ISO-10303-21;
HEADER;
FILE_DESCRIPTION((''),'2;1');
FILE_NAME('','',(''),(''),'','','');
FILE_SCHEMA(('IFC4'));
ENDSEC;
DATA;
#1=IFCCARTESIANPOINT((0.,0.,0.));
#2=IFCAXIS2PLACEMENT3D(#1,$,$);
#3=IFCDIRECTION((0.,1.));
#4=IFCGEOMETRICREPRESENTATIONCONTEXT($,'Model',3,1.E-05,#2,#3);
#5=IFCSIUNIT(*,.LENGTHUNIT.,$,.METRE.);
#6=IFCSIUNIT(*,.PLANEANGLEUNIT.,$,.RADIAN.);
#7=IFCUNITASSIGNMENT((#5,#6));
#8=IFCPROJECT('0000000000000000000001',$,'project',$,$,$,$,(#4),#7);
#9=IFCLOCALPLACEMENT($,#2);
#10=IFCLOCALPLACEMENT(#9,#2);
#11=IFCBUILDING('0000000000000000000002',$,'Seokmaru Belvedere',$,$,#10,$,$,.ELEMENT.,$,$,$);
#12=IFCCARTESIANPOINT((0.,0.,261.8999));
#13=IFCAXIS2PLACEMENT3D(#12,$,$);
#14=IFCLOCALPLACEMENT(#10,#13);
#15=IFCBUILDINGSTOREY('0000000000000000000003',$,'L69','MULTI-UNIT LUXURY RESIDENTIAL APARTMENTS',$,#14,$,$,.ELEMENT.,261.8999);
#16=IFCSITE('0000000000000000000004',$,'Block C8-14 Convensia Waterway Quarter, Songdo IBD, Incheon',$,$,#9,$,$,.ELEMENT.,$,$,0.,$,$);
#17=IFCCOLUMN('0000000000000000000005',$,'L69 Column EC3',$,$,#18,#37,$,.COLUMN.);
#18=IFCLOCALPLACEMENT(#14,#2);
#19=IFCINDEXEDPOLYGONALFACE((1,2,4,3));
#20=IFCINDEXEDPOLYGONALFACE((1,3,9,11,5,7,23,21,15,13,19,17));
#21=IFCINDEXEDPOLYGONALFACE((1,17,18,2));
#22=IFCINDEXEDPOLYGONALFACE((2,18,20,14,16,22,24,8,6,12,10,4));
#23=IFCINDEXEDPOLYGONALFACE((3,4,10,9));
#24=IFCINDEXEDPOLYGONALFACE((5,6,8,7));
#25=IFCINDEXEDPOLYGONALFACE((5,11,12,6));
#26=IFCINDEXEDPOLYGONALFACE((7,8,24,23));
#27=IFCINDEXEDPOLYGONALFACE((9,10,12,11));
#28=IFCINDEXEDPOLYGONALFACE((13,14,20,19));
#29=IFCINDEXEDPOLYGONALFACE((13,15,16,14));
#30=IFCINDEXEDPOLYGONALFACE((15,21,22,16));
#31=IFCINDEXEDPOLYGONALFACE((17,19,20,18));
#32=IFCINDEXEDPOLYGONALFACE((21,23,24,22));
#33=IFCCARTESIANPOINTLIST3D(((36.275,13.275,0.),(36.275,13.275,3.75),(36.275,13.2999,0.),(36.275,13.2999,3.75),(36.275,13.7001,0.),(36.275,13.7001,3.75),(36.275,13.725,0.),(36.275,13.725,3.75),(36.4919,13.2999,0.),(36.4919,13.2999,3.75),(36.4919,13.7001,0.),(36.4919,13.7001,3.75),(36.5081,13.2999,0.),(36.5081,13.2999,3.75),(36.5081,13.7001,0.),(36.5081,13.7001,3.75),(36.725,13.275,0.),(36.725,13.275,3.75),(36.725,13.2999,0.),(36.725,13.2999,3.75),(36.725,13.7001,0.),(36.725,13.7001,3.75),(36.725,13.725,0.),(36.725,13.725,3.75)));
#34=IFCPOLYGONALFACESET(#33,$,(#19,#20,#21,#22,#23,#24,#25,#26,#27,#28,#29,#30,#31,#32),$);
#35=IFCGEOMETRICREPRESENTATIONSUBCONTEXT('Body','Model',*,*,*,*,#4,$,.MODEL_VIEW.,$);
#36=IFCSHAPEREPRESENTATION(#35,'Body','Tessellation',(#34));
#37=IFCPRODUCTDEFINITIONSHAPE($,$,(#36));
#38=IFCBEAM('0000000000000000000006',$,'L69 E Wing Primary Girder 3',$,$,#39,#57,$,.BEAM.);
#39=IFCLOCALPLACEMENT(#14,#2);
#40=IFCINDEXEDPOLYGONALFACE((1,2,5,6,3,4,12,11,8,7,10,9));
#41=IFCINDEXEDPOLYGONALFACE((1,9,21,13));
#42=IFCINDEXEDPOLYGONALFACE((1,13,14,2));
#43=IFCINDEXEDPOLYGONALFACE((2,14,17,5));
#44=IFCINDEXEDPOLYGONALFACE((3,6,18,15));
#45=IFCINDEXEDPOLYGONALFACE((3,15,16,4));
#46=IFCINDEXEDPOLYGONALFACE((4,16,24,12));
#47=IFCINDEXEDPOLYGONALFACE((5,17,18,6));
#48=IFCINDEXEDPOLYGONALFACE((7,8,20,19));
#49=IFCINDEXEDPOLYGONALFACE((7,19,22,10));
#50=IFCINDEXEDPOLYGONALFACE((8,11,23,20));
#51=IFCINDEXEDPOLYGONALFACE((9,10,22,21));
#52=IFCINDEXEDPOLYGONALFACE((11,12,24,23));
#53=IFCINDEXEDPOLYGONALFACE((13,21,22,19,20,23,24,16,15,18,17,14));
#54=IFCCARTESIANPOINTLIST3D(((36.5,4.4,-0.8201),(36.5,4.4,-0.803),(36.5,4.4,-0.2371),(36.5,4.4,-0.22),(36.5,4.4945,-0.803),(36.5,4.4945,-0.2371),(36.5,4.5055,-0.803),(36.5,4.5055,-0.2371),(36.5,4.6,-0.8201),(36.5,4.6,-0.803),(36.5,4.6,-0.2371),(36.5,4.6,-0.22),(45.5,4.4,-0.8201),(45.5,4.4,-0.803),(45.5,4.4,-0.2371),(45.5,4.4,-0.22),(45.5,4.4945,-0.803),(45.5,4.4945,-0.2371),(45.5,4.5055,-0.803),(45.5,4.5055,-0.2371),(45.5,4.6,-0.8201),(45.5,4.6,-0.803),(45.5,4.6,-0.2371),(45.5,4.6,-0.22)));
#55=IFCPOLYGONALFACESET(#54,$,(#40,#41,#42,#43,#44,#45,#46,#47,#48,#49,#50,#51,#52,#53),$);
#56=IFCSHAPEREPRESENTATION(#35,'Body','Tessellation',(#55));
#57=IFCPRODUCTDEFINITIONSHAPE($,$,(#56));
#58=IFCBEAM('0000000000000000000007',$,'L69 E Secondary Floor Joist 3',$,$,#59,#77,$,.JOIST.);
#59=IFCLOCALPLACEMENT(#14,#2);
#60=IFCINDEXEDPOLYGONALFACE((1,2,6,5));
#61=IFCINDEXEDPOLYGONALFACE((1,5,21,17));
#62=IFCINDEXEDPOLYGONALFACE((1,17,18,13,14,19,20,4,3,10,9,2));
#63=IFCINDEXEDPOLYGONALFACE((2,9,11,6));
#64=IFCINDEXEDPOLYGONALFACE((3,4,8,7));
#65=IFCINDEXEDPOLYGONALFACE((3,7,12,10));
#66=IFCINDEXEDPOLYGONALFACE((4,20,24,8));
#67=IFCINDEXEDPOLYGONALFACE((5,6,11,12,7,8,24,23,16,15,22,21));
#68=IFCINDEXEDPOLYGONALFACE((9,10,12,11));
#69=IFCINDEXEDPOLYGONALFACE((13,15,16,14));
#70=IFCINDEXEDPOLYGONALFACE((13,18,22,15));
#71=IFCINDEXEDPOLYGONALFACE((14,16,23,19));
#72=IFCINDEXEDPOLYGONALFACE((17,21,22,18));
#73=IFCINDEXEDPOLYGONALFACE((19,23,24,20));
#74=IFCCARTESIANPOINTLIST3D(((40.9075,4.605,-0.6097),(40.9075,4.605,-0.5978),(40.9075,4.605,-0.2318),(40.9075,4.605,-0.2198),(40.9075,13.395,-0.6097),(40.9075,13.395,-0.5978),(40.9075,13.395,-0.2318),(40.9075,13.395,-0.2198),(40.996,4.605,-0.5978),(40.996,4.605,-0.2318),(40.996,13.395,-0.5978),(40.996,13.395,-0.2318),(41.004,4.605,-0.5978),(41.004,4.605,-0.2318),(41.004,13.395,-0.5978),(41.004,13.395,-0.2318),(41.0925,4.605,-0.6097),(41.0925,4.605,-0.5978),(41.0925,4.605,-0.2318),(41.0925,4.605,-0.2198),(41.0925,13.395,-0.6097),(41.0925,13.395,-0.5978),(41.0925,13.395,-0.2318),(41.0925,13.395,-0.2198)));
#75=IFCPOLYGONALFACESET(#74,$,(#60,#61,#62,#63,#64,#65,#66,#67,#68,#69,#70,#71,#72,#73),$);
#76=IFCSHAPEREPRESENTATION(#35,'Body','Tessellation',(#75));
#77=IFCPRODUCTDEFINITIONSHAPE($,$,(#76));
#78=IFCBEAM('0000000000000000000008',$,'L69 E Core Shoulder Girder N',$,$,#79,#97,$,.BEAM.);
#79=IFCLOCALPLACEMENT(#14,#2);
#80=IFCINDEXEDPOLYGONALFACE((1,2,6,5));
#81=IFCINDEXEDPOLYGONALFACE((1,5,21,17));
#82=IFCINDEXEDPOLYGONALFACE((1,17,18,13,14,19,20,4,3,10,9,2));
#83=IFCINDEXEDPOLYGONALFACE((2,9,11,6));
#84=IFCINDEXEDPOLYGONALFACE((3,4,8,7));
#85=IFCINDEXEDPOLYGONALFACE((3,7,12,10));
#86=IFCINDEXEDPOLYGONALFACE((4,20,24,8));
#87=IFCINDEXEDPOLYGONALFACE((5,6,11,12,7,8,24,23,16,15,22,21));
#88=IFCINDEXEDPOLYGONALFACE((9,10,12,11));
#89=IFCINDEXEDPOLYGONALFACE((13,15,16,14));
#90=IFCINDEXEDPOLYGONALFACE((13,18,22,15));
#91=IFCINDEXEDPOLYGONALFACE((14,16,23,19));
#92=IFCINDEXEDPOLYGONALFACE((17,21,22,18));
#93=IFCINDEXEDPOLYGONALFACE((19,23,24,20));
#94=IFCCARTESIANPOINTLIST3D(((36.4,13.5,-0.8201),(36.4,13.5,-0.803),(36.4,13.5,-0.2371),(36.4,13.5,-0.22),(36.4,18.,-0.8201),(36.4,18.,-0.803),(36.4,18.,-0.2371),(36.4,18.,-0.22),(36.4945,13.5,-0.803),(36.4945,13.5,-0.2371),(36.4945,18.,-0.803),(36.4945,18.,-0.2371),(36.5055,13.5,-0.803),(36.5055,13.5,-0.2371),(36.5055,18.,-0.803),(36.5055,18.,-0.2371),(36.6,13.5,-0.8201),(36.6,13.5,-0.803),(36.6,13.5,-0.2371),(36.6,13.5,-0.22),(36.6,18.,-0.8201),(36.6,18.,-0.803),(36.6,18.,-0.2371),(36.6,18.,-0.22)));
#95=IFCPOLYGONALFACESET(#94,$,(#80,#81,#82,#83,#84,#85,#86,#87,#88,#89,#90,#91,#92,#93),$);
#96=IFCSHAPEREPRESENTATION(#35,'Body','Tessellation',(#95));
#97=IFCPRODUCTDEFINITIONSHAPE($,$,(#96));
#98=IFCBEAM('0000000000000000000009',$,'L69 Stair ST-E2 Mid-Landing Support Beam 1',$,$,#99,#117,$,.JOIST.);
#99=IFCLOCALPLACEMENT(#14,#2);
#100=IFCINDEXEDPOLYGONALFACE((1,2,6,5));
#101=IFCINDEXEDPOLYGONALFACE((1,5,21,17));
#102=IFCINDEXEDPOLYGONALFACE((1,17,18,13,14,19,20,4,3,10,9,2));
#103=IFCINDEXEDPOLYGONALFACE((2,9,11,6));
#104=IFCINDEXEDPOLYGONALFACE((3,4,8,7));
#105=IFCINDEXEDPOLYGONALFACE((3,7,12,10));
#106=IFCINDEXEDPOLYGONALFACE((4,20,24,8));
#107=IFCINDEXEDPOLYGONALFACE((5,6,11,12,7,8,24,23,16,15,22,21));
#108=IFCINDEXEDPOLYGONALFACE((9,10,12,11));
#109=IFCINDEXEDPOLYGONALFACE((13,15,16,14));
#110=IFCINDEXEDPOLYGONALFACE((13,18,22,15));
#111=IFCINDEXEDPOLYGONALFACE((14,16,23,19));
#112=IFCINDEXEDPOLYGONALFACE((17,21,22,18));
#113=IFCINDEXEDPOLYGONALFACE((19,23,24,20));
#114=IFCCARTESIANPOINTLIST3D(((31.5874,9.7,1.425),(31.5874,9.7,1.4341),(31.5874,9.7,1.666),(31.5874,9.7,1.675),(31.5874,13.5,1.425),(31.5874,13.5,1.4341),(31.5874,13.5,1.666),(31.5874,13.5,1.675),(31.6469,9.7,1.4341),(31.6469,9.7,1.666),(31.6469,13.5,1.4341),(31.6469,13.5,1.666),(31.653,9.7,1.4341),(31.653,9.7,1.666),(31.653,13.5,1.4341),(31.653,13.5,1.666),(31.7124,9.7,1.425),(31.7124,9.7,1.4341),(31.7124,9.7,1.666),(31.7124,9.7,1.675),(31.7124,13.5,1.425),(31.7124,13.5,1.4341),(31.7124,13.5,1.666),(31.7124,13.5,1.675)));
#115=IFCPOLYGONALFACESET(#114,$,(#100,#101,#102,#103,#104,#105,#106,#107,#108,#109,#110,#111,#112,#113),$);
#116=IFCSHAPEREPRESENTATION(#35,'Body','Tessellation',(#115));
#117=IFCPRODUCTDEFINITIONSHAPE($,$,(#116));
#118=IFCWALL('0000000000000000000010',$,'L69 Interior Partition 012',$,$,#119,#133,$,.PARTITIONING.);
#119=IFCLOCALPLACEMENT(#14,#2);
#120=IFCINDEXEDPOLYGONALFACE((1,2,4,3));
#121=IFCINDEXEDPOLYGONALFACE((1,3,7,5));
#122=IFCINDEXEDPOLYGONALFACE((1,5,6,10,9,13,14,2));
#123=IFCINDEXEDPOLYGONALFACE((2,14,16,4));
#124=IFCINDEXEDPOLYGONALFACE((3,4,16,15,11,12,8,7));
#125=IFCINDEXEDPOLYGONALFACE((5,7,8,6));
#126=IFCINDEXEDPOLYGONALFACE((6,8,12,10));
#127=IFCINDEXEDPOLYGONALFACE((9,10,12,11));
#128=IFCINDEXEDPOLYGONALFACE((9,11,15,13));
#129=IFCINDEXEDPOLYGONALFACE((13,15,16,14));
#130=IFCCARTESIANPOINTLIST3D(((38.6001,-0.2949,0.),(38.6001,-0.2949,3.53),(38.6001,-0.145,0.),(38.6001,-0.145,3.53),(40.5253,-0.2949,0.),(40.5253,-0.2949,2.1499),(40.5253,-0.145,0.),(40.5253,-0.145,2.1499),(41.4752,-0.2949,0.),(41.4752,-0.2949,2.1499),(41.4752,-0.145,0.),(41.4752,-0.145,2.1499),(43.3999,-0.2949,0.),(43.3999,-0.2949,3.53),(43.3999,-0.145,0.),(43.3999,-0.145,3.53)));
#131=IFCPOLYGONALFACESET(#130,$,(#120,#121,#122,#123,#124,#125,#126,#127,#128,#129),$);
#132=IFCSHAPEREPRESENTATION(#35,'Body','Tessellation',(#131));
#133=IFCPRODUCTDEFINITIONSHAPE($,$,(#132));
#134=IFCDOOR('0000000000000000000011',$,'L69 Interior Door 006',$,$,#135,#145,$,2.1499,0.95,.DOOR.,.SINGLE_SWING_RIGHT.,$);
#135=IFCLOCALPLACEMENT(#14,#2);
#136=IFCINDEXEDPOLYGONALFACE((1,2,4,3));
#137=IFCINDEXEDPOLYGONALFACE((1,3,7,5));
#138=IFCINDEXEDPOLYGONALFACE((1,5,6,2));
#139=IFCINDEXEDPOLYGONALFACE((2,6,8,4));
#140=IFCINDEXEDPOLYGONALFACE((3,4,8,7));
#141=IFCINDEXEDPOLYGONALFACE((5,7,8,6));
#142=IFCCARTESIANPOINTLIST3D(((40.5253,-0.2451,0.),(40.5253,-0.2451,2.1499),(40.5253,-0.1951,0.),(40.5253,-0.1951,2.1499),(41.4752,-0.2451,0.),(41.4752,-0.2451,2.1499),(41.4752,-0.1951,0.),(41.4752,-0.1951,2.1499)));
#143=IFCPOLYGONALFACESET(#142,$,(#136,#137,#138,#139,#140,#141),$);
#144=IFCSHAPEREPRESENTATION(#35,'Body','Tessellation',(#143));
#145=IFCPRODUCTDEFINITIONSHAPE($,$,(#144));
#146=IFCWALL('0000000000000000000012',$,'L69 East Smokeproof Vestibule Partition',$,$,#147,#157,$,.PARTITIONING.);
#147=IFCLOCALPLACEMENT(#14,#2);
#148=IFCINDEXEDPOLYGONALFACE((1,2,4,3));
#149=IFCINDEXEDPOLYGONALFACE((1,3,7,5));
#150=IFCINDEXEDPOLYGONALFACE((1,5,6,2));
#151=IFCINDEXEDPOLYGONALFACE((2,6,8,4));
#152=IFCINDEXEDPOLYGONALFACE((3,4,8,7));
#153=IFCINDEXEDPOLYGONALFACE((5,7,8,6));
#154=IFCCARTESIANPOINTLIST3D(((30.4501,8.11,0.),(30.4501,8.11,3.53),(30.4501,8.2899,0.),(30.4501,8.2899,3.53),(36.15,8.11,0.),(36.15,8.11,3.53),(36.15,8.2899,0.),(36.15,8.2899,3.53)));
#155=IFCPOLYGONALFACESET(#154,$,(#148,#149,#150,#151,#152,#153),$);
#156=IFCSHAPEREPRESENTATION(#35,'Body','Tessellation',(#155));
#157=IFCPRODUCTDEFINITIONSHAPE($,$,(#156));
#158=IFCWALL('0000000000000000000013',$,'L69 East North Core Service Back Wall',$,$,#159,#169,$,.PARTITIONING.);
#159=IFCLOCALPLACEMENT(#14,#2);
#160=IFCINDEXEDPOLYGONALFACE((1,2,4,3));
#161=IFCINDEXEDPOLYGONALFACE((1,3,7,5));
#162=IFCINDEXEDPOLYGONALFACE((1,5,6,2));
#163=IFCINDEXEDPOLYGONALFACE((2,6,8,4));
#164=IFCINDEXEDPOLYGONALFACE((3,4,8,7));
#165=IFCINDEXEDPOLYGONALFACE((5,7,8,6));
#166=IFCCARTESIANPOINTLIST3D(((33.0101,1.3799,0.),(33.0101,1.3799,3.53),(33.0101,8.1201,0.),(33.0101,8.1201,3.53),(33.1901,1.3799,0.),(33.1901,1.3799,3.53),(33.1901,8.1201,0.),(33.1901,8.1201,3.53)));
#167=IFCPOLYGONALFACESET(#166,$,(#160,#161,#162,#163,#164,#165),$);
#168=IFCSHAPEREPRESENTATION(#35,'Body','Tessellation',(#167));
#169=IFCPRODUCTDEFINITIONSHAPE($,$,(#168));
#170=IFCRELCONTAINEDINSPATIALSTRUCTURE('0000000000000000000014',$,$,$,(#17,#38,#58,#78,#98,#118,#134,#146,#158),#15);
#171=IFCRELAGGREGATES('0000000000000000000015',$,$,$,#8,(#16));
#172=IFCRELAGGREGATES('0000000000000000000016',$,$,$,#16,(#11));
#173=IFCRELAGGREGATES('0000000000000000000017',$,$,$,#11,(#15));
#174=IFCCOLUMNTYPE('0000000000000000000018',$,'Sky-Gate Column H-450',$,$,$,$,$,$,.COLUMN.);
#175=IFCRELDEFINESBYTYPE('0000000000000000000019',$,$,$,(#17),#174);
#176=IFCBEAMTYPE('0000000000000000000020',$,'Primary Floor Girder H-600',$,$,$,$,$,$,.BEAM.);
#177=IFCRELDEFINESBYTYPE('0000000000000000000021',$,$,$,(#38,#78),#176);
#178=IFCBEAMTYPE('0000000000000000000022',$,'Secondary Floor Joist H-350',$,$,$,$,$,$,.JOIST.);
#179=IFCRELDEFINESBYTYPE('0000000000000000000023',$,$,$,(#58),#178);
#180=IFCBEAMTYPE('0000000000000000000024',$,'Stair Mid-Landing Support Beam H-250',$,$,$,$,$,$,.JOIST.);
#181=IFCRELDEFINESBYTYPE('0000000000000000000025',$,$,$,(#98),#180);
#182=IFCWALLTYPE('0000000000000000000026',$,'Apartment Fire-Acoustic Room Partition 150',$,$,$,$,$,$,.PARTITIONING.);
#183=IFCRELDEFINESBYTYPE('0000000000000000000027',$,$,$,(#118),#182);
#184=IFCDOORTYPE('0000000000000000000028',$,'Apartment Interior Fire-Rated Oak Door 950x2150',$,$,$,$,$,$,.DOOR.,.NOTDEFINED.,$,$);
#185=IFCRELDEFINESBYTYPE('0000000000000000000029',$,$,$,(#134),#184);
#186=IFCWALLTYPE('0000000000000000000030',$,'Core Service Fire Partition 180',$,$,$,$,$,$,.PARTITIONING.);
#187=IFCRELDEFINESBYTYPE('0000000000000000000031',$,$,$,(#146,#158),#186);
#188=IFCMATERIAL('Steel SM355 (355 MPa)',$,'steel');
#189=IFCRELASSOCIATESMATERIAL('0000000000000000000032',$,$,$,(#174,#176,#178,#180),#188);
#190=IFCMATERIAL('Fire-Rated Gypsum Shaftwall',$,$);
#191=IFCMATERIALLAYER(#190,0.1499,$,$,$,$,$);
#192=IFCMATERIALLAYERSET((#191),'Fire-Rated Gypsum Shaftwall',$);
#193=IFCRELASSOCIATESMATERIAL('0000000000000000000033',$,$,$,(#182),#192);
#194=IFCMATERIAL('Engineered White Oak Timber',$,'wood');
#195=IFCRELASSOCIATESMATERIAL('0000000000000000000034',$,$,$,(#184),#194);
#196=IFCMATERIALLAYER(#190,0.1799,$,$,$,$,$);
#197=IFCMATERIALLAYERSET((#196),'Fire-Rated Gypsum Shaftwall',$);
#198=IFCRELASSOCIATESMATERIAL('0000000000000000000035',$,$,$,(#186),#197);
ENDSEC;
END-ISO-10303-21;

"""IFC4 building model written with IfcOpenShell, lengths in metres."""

from ifc_helpers import new_model, si_unit, direction, frame, frame_2d, origin, origin_2d, place, context, subcontext, project, spatial, rectangle, i_section, extrude, source, transform, mapped, material, layer, layer_set, material_profile, profile_set, type_object, type_shapes, element, fill, save


model = new_model("IFC4")

# Units and contexts
model_context = context("Model", 3, precision=1e-05, world=origin(), true_north=direction((0.0, 1.0)))
body_context = subcontext(model_context, "Body", "Model", "MODEL_VIEW")
ifc_project = project(units=[si_unit("LENGTHUNIT", "METRE"), si_unit("PLANEANGLEUNIT", "RADIAN")], contexts=[model_context])

# Site, building, storey
site_placement = place(None, origin())
site = spatial("IfcSite", under=ifc_project, at=site_placement, Name="Block C8-14 Convensia Waterway Quarter, Songdo IBD, Incheon", CompositionType="ELEMENT", RefElevation=0.0)
building_placement = place(site_placement, origin())
building = spatial("IfcBuilding", under=site, at=building_placement, Name="Seokmaru Belvedere", CompositionType="ELEMENT")
storey_placement = place(building_placement, frame((0.0, 0.0, 261.8999)))
storey = spatial("IfcBuildingStorey", under=building, at=storey_placement, Name="L69", Description="MULTI-UNIT LUXURY RESIDENTIAL APARTMENTS", CompositionType="ELEMENT", Elevation=261.8999)

# Column
ifc_material_1 = material(Name="Steel SM355 (355 MPa)", Category="steel")
ifc_material_profile_1 = material_profile(ifc_material_1, i_section(OverallWidth=0.45, OverallDepth=0.45, WebThickness=0.0161, FlangeThickness=0.0249, at=origin_2d()), Name="H-450x450x16x25")
ifc_profile_set_1 = profile_set([ifc_material_profile_1], Name="Steel SM355 (355 MPa)")
column_type = type_object("IfcColumnType", Name="Sky-Gate Column H-450", PredefinedType="COLUMN", material=ifc_profile_set_1)
shared_shape_1 = source(origin(), body_context, "Body", "SweptSolid", [
    extrude(i_section(OverallWidth=0.45, OverallDepth=0.45, WebThickness=0.0161, FlangeThickness=0.0249, at=origin_2d()), origin(), (0.0, 0.0, 1.0), 3.75),
])
type_shapes(column_type, [shared_shape_1])
column_placement = place(storey_placement, frame((36.5, 13.5, 0.0), z_axis=(0.0, 0.0, 1.0), x_axis=(1.0, 0.0, 0.0)))
element("IfcColumn", 1, at=column_placement, inside=storey, type_object=column_type, Name="L69 Column EC3", PredefinedType="COLUMN", context=body_context, shape_type="MappedRepresentation", body=[
    mapped(shared_shape_1, transform((0.0, 0.0, 0.0), scale=1.0)),
])

# Beams
ifc_material_profile_2 = material_profile(ifc_material_1, i_section(OverallWidth=0.2, OverallDepth=0.6001, WebThickness=0.011, FlangeThickness=0.0171, at=origin_2d()), Name="H-600x200x11x17")
ifc_profile_set_2 = profile_set([ifc_material_profile_2], Name="Steel SM355 (355 MPa)")
beam_type_1 = type_object("IfcBeamType", Name="Primary Floor Girder H-600", PredefinedType="BEAM", material=ifc_profile_set_2)
shared_shape_2 = source(origin(), body_context, "Body", "SweptSolid", [
    extrude(i_section(OverallWidth=0.2, OverallDepth=0.6001, WebThickness=0.011, FlangeThickness=0.0171, at=origin_2d()), origin(), (0.0, 0.0, 1.0), 9.0),
])
beam_1_placement = place(storey_placement, frame((36.5, 4.5, -0.52), z_axis=(1.0, 0.0, 0.0), x_axis=(0.0, 1.0, 0.0)))
element("IfcBeam", 2, at=beam_1_placement, inside=storey, type_object=beam_type_1, Name="L69 E Wing Primary Girder 3", PredefinedType="BEAM", context=body_context, shape_type="MappedRepresentation", body=[
    mapped(shared_shape_2, transform((0.0, 0.0, 0.0), scale=1.0)),
])
ifc_material_profile_3 = material_profile(ifc_material_1, i_section(OverallWidth=0.1851, OverallDepth=0.3899, WebThickness=0.0081, FlangeThickness=0.012, at=origin_2d()), Name="H-390x185x8x12")
ifc_profile_set_3 = profile_set([ifc_material_profile_3], Name="Steel SM355 (355 MPa)")
beam_type_2 = type_object("IfcBeamType", Name="Secondary Floor Joist H-350", PredefinedType="JOIST", material=ifc_profile_set_3)
shared_shape_3 = source(origin(), body_context, "Body", "SweptSolid", [
    extrude(i_section(OverallWidth=0.1851, OverallDepth=0.3899, WebThickness=0.0081, FlangeThickness=0.012, at=origin_2d()), origin(), (0.0, 0.0, 1.0), 8.79),
])
type_shapes(beam_type_2, [shared_shape_3])
beam_2_placement = place(storey_placement, frame((41.0, 4.605, -0.4148), z_axis=(0.0, 1.0, 0.0), x_axis=(-1.0, 0.0, 0.0)))
element("IfcBeam", 3, at=beam_2_placement, inside=storey, type_object=beam_type_2, Name="L69 E Secondary Floor Joist 3", PredefinedType="JOIST", context=body_context, shape_type="MappedRepresentation", body=[
    mapped(shared_shape_3, transform((0.0, 0.0, 0.0), scale=1.0)),
])
shared_shape_4 = source(origin(), body_context, "Body", "SweptSolid", [
    extrude(i_section(OverallWidth=0.2, OverallDepth=0.6001, WebThickness=0.011, FlangeThickness=0.0171, at=origin_2d()), origin(), (0.0, 0.0, 1.0), 4.5),
])
type_shapes(beam_type_1, [shared_shape_2, shared_shape_4])
beam_3_placement = place(storey_placement, frame((36.5, 13.5, -0.52), z_axis=(0.0, 1.0, 0.0), x_axis=(-1.0, 0.0, 0.0)))
element("IfcBeam", 4, at=beam_3_placement, inside=storey, type_object=beam_type_1, Name="L69 E Core Shoulder Girder N", PredefinedType="BEAM", context=body_context, shape_type="MappedRepresentation", body=[
    mapped(shared_shape_4, transform((0.0, 0.0, 0.0), scale=1.0)),
])
ifc_material_profile_4 = material_profile(ifc_material_1, i_section(OverallWidth=0.125, OverallDepth=0.25, WebThickness=0.0061, FlangeThickness=0.009, at=origin_2d()), Name="H-250x125x6x9")
ifc_profile_set_4 = profile_set([ifc_material_profile_4], Name="Steel SM355 (355 MPa)")
beam_type_3 = type_object("IfcBeamType", Name="Stair Mid-Landing Support Beam H-250", PredefinedType="JOIST", material=ifc_profile_set_4)
shared_shape_5 = source(origin(), body_context, "Body", "SweptSolid", [
    extrude(i_section(OverallWidth=0.125, OverallDepth=0.25, WebThickness=0.0061, FlangeThickness=0.009, at=origin_2d()), origin(), (0.0, 0.0, 1.0), 3.8),
])
type_shapes(beam_type_3, [shared_shape_5])
beam_4_placement = place(storey_placement, frame((31.6499, 9.7, 1.55), z_axis=(0.0, 1.0, 0.0), x_axis=(-1.0, 0.0, 0.0)))
element("IfcBeam", 5, at=beam_4_placement, inside=storey, type_object=beam_type_3, Name="L69 Stair ST-E2 Mid-Landing Support Beam 1", PredefinedType="JOIST", context=body_context, shape_type="MappedRepresentation", body=[
    mapped(shared_shape_5, transform((0.0, 0.0, 0.0), scale=1.0)),
])

# Wall, opening, door
ifc_material_2 = material(Name="Fire-Rated Gypsum Shaftwall")
ifc_layer_1 = layer(ifc_material_2, 0.1499)
ifc_layer_set_1 = layer_set([ifc_layer_1], Name="Fire-Rated Gypsum Shaftwall")
wall_type_1 = type_object("IfcWallType", Name="Apartment Fire-Acoustic Room Partition 150", PredefinedType="PARTITIONING", material=ifc_layer_set_1)
wall_1_placement = place(storey_placement, frame((38.6001, -0.22, 0.0), z_axis=(0.0, 0.0, 1.0), x_axis=(1.0, 0.0, 0.0)))
wall_1 = element("IfcWall", 6, at=wall_1_placement, inside=storey, type_object=wall_type_1, Name="L69 Interior Partition 012", PredefinedType="PARTITIONING", context=body_context, shape_type="SweptSolid", body=[
    extrude(rectangle(XDim=4.7998, YDim=0.1499, at=frame_2d((2.3999, 0.0))), origin(), (0.0, 0.0, 1.0), 3.53),
])
opening_1_placement = place(wall_1_placement, frame((1.925, 0.0, 0.0)))
opening_1 = element("IfcOpeningElement", 7, at=opening_1_placement, cuts=wall_1, PredefinedType="OPENING", context=body_context, shape_type="SweptSolid", body=[
    extrude(rectangle(XDim=0.95, YDim=2.1499, at=frame_2d((0.4751, 1.075))), frame((0.0, 0.085, 0.0), z_axis=(0.0, -1.0, 0.0), x_axis=(1.0, 0.0, 0.0)), (0.0, 0.0, 1.0), 0.1699),
])
ifc_material_3 = material(Name="Engineered White Oak Timber", Category="wood")
door_type_1 = type_object("IfcDoorType", Name="Apartment Interior Fire-Rated Oak Door 950x2150", OperationType="NOTDEFINED", PredefinedType="DOOR", material=ifc_material_3)
shared_shape_6 = source(origin(), body_context, "Body", "SweptSolid", [
    extrude(rectangle(XDim=0.95, YDim=2.1499, at=frame_2d((0.4751, 1.075))), frame((0.0, 0.0249, 0.0), z_axis=(0.0, -1.0, 0.0), x_axis=(1.0, 0.0, 0.0)), (0.0, 0.0, 1.0), 0.05),
])
type_shapes(door_type_1, [shared_shape_6])
door_1_placement = place(opening_1_placement, origin())
door_1 = element("IfcDoor", 8, at=door_1_placement, inside=storey, type_object=door_type_1, Name="L69 Interior Door 006", OperationType="SINGLE_SWING_RIGHT", OverallHeight=2.1499, OverallWidth=0.95, PredefinedType="DOOR", context=body_context, shape_type="MappedRepresentation", body=[
    mapped(shared_shape_6, transform((0.0, 0.0, 0.0), scale=1.0)),
])
fill(opening_1, door_1)

# Walls
ifc_layer_2 = layer(ifc_material_2, 0.1799)
ifc_layer_set_2 = layer_set([ifc_layer_2], Name="Fire-Rated Gypsum Shaftwall")
wall_type_2 = type_object("IfcWallType", Name="Core Service Fire Partition 180", PredefinedType="PARTITIONING", material=ifc_layer_set_2)
wall_2_placement = place(storey_placement, frame((30.45, 8.2, 0.0), z_axis=(0.0, 0.0, 1.0), x_axis=(1.0, 0.0, 0.0)))
element("IfcWall", 9, at=wall_2_placement, inside=storey, type_object=wall_type_2, Name="L69 East Smokeproof Vestibule Partition", PredefinedType="PARTITIONING", context=body_context, shape_type="SweptSolid", body=[
    extrude(rectangle(XDim=5.7, YDim=0.1799, at=frame_2d((2.8501, 0.0))), origin(), (0.0, 0.0, 1.0), 3.53),
])
wall_3_placement = place(storey_placement, frame((33.1001, 1.3799, 0.0), z_axis=(0.0, 0.0, 1.0), x_axis=(0.0, 1.0, 0.0)))
element("IfcWall", 10, at=wall_3_placement, inside=storey, type_object=wall_type_2, Name="L69 East North Core Service Back Wall", PredefinedType="PARTITIONING", context=body_context, shape_type="SweptSolid", body=[
    extrude(rectangle(XDim=6.7402, YDim=0.1799, at=frame_2d((3.3701, 0.0))), origin(), (0.0, 0.0, 1.0), 3.53),
])

save(model, "model.ifc")
